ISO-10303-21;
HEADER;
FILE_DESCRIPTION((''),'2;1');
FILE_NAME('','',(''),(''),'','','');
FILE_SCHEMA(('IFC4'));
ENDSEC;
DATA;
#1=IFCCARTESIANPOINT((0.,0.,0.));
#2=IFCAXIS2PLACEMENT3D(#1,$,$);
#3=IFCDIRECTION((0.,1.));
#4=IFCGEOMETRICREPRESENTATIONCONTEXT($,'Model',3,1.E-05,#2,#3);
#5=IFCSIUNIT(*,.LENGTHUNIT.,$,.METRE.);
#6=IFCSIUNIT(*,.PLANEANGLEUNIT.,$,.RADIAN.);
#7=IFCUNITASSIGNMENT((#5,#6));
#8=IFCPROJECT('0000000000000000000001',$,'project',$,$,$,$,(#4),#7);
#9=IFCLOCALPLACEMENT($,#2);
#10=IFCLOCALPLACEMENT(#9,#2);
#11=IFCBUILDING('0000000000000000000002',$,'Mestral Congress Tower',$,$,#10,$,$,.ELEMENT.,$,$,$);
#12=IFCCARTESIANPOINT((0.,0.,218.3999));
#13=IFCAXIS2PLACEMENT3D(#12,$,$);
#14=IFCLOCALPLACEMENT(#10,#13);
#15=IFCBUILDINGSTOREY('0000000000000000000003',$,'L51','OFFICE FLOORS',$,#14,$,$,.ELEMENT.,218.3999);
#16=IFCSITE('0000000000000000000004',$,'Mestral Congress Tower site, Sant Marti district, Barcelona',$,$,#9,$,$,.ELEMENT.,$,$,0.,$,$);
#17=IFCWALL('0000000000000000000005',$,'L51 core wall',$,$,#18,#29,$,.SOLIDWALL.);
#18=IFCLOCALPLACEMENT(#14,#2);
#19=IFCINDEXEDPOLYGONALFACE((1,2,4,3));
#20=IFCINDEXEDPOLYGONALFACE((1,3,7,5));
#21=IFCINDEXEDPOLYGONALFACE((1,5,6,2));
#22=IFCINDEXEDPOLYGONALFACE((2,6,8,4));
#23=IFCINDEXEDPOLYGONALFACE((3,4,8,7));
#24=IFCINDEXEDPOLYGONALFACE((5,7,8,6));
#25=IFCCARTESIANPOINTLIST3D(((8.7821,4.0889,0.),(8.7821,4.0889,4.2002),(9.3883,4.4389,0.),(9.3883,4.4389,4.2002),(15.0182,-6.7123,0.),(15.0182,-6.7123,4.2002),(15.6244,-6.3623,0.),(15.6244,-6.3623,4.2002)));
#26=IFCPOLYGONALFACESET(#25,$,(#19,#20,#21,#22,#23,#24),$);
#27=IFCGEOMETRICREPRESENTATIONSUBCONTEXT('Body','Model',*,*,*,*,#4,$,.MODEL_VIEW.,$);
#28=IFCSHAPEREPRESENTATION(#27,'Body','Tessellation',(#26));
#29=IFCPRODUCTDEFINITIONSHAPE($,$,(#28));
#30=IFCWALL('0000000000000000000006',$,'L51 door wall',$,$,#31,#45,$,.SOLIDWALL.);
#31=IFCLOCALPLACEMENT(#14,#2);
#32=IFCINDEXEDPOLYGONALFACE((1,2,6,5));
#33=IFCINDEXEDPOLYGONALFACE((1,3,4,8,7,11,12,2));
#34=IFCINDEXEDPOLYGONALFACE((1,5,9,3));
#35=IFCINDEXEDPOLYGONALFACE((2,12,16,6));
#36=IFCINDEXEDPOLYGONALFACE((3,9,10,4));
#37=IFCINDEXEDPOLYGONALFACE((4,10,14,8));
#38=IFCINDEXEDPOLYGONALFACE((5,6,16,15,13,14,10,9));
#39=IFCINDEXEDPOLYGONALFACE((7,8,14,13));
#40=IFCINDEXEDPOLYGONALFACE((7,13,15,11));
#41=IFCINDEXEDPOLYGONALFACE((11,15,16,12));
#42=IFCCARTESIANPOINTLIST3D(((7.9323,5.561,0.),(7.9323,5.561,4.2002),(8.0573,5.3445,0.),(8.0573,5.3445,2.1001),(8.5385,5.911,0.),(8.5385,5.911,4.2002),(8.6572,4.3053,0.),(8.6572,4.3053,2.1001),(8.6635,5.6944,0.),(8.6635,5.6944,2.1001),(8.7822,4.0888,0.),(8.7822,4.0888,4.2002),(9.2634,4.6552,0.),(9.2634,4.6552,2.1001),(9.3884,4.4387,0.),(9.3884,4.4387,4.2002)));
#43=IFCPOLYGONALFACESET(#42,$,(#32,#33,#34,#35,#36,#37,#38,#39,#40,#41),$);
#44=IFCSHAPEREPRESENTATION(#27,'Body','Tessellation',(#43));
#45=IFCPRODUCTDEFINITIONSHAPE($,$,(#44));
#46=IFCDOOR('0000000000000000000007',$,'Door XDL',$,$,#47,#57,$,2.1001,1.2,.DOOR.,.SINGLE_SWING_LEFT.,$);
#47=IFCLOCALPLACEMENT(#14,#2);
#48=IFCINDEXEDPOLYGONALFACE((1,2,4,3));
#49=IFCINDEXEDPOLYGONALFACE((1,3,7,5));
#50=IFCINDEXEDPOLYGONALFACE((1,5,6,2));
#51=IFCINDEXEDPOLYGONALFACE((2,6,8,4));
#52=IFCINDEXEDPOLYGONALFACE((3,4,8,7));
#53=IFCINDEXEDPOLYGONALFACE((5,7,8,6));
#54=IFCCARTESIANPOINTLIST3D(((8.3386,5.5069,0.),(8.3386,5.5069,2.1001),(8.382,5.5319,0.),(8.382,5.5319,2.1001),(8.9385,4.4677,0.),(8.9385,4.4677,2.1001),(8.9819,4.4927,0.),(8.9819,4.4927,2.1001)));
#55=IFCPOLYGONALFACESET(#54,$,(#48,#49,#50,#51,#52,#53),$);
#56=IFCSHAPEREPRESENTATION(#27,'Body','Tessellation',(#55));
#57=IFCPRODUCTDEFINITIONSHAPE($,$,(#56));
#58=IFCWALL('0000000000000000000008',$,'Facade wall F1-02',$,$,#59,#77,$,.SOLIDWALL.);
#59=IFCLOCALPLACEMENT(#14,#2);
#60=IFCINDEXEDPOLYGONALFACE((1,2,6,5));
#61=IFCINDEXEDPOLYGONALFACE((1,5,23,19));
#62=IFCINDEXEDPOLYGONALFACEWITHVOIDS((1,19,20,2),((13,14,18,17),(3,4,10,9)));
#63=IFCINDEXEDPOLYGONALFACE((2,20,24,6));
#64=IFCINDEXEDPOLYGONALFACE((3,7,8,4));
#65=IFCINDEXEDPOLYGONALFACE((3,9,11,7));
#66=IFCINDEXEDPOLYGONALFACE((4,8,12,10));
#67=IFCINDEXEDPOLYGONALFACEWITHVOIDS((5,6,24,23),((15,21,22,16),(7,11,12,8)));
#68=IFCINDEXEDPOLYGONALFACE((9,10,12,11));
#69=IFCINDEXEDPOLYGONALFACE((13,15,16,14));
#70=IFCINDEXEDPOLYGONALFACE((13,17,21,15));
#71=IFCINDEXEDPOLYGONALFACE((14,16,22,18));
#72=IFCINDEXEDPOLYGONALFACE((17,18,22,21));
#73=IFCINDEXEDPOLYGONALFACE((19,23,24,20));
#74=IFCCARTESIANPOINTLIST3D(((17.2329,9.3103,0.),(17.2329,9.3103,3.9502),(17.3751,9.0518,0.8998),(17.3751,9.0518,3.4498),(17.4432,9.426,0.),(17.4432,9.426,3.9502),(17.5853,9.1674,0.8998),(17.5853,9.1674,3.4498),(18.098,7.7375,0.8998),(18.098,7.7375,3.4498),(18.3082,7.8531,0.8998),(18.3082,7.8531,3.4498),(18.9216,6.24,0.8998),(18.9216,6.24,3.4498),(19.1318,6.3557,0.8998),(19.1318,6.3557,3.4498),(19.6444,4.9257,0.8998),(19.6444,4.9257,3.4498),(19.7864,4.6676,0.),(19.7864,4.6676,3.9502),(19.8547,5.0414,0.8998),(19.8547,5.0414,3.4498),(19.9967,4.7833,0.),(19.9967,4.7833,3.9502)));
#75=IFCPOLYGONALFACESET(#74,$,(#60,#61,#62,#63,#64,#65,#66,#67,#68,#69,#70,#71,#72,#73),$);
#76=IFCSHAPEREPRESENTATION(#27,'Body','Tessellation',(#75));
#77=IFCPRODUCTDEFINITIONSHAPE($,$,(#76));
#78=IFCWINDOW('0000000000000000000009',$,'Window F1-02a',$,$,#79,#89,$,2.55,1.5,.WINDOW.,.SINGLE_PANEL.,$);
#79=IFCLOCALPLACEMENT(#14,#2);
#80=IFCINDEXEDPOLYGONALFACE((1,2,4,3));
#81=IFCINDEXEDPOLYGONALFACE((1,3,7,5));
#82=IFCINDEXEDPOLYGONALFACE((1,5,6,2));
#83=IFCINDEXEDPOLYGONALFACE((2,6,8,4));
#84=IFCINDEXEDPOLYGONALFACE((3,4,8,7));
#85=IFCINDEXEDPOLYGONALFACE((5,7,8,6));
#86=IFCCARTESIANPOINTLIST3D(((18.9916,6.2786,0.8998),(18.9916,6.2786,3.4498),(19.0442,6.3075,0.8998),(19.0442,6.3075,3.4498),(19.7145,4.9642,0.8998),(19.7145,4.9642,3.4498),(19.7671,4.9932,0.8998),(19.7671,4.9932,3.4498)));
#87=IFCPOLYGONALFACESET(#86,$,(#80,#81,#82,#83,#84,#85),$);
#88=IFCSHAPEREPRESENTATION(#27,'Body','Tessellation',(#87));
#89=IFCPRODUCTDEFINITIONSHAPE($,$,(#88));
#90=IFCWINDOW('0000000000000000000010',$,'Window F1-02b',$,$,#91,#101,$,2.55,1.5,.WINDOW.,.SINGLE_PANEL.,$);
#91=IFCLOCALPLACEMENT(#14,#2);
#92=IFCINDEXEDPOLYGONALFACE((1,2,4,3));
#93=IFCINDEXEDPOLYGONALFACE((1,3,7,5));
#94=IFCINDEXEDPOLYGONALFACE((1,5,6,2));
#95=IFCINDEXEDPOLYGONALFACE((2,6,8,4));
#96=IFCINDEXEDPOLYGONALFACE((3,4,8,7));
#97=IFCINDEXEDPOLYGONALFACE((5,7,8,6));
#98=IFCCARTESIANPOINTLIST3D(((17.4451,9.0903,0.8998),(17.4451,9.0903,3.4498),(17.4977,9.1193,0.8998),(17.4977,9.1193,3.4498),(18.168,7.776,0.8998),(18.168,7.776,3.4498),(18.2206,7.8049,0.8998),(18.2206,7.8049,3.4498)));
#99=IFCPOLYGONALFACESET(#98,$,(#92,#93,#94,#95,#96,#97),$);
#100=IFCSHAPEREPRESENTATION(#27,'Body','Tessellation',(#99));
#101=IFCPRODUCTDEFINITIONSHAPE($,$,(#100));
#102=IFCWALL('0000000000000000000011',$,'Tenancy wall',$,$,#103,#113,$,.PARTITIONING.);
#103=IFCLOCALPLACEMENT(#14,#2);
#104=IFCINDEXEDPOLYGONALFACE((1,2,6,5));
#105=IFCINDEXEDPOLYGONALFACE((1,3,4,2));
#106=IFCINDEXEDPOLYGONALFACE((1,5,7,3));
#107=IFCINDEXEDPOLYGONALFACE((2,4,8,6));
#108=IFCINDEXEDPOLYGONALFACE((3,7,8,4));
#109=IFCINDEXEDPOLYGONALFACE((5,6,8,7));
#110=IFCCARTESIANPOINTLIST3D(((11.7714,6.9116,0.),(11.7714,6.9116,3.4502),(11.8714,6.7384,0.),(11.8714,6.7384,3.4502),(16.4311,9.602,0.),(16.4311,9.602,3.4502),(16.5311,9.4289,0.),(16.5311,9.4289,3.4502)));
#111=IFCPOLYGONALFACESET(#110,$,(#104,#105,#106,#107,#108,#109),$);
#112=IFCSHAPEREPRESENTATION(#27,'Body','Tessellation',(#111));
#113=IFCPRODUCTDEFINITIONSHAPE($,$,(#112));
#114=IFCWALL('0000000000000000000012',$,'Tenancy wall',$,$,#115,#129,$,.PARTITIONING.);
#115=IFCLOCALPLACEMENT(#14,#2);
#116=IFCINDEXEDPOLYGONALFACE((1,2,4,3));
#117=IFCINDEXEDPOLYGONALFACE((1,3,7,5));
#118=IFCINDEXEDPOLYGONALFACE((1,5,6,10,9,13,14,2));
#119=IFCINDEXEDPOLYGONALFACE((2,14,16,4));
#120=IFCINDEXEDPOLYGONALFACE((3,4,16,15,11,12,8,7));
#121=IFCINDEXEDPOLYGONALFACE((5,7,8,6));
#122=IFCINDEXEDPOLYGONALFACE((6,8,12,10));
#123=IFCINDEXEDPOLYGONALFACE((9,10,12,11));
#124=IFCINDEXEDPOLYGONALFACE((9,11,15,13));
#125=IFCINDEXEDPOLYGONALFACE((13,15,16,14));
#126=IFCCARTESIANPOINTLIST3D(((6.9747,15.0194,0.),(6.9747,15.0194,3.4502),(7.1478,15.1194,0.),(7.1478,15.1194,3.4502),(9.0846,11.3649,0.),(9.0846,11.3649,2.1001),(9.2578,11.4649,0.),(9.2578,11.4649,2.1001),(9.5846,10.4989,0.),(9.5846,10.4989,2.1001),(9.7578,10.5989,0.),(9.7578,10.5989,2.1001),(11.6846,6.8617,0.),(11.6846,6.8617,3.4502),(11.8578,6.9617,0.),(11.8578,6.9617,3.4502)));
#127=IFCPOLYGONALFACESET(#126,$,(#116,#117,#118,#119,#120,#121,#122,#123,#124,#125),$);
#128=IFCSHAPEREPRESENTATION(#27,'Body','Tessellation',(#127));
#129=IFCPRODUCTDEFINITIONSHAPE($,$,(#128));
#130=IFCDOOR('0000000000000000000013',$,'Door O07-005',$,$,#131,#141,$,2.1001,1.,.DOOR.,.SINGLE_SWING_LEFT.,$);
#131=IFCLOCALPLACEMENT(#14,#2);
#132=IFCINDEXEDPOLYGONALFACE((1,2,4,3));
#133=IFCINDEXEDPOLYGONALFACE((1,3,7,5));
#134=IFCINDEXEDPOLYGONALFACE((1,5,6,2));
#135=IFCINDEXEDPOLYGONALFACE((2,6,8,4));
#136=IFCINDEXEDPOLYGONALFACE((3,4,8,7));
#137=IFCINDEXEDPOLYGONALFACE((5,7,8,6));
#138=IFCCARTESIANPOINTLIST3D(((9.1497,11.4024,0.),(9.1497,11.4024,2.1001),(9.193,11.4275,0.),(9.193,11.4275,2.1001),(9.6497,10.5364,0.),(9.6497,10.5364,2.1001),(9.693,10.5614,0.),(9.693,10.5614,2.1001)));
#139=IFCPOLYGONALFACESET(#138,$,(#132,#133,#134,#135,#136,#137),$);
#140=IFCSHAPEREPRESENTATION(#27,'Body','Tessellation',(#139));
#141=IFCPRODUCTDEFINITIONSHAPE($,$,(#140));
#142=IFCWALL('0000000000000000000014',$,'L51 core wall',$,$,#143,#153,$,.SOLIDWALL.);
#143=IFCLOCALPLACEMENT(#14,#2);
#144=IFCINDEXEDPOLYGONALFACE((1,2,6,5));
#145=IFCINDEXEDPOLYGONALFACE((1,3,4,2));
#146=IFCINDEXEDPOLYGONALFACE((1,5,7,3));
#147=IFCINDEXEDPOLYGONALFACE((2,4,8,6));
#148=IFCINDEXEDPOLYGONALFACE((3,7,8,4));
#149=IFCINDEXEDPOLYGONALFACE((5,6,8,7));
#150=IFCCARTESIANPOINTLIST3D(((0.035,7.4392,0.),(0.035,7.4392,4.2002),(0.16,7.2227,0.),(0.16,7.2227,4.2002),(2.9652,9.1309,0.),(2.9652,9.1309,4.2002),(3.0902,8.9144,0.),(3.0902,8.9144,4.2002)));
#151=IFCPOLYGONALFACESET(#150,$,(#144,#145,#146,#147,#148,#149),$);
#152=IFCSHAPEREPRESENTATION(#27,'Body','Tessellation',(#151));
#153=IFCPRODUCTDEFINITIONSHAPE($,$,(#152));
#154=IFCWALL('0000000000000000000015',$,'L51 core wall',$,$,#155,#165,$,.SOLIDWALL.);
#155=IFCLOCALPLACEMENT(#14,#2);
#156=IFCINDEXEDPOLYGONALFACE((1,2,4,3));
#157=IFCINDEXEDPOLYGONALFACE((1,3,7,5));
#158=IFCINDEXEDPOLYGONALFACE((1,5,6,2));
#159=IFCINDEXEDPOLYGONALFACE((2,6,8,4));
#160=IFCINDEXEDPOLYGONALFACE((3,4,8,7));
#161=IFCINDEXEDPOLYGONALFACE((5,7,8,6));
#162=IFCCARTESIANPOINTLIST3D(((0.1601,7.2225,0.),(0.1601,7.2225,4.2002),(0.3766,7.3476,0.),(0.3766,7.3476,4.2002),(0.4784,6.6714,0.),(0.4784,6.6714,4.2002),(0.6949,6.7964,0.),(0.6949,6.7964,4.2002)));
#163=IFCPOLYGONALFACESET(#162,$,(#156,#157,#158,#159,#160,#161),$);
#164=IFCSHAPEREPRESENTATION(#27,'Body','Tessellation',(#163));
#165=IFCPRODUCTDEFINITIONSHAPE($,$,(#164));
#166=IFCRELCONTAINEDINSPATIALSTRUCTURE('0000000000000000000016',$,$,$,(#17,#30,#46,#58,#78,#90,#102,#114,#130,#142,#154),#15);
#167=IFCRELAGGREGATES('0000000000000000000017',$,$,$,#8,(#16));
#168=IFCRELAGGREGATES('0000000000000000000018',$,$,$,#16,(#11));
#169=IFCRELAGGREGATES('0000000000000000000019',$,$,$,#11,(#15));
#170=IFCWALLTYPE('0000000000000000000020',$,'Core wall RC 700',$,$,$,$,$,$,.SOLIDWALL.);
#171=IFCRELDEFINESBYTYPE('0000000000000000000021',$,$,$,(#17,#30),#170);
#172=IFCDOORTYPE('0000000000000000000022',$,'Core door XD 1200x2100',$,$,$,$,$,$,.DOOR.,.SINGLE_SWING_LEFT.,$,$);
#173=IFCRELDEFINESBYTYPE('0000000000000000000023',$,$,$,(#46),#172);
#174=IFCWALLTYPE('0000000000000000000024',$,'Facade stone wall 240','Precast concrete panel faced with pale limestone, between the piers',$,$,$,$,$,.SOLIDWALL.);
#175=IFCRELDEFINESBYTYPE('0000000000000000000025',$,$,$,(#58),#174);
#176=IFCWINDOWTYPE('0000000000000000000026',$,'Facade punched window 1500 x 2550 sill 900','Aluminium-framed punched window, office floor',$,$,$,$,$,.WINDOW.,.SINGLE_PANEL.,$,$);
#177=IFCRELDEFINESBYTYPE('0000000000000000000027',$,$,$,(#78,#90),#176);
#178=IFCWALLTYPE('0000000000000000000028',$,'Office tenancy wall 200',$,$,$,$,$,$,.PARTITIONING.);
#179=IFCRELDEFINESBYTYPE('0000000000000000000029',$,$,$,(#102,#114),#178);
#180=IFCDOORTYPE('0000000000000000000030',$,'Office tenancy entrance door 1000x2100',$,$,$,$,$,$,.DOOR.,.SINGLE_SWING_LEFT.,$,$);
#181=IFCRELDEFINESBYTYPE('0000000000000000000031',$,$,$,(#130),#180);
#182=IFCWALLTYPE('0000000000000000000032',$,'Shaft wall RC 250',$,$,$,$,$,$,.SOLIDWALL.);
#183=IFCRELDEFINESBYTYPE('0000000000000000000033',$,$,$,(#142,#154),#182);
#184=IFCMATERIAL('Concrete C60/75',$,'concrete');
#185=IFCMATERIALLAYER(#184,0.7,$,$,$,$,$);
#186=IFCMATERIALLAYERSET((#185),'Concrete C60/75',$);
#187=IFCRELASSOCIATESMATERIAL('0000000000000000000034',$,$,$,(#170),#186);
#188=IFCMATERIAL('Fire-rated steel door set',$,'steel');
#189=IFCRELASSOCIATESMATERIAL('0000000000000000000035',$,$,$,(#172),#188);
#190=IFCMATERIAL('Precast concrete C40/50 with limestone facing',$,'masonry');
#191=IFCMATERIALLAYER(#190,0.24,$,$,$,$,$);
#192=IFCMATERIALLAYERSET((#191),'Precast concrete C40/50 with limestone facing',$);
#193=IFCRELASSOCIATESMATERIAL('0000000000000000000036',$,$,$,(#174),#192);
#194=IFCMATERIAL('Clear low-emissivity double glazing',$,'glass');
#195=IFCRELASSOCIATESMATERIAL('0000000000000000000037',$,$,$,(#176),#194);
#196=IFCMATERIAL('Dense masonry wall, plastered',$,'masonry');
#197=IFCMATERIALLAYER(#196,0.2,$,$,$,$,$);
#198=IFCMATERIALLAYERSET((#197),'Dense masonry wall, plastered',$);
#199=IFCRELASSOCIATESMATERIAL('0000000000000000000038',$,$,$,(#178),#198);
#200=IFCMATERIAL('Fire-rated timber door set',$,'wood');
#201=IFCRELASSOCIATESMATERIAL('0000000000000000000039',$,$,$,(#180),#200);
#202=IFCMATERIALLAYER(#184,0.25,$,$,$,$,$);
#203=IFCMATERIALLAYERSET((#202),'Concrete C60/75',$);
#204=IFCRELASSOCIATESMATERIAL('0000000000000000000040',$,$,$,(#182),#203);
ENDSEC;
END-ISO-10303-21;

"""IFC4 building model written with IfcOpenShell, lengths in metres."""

from ifc_helpers import new_model, si_unit, direction, frame, frame_2d, origin, place, context, subcontext, project, spatial, rectangle, extrude, material, layer, layer_set, type_object, element, fill, save


model = new_model("IFC4")

# Units and contexts
model_context = context("Model", 3, precision=1e-05, world=origin(), true_north=direction((0.0, 1.0)))
body_context = subcontext(model_context, "Body", "Model", "MODEL_VIEW")
ifc_project = project(units=[si_unit("LENGTHUNIT", "METRE"), si_unit("PLANEANGLEUNIT", "RADIAN")], contexts=[model_context])

# Site, building, storey
site_placement = place(None, origin())
site = spatial("IfcSite", under=ifc_project, at=site_placement, Name="Mestral Congress Tower site, Sant Marti district, Barcelona", CompositionType="ELEMENT", RefElevation=0.0)
building_placement = place(site_placement, origin())
building = spatial("IfcBuilding", under=site, at=building_placement, Name="Mestral Congress Tower", CompositionType="ELEMENT")
storey_placement = place(building_placement, frame((0.0, 0.0, 218.3999)))
storey = spatial("IfcBuildingStorey", under=building, at=storey_placement, Name="L51", Description="OFFICE FLOORS", CompositionType="ELEMENT", Elevation=218.3999)

# Shared definitions
ifc_material_1 = material(Name="Concrete C60/75", Category="concrete")

# Wall
ifc_layer_1 = layer(ifc_material_1, 0.7)
ifc_layer_set_1 = layer_set([ifc_layer_1], Name="Concrete C60/75")
wall_type_1 = type_object("IfcWallType", Name="Core wall RC 700", PredefinedType="SOLIDWALL", material=ifc_layer_set_1)
wall_1_placement = place(storey_placement, frame((9.0852, 4.2639, 0.0), z_axis=(0.0, 0.0, 1.0), x_axis=(0.499998, -0.866027, 0.0)))
element("IfcWall", 1, at=wall_1_placement, inside=storey, type_object=wall_type_1, Name="L51 core wall", PredefinedType="SOLIDWALL", context=body_context, shape_type="SweptSolid", body=[
    extrude(rectangle(XDim=12.4722, YDim=0.7, at=frame_2d((6.2361, 0.0))), origin(), (0.0, 0.0, 1.0), 4.2002),
])

# Wall, opening, door
wall_2_placement = place(storey_placement, frame((8.2354, 5.7361, 0.0), z_axis=(0.0, 0.0, 1.0), x_axis=(0.499955, -0.866052, 0.0)))
wall_2 = element("IfcWall", 2, at=wall_2_placement, inside=storey, type_object=wall_type_1, Name="L51 door wall", PredefinedType="SOLIDWALL", context=body_context, shape_type="SweptSolid", body=[
    extrude(rectangle(XDim=1.7, YDim=0.7, at=frame_2d((0.8501, 0.0))), origin(), (0.0, 0.0, 1.0), 4.2002),
])
opening_1_placement = place(wall_2_placement, frame((0.25, 0.0, 0.0)))
opening_1 = element("IfcOpeningElement", 3, at=opening_1_placement, cuts=wall_2, PredefinedType="OPENING", context=body_context, shape_type="SweptSolid", body=[
    extrude(rectangle(XDim=1.2, YDim=2.1001, at=frame_2d((0.6001, 1.05))), frame((0.0, 0.3599, 0.0), z_axis=(0.0, -1.0, 0.0), x_axis=(1.0, 0.0, 0.0)), (0.0, 0.0, 1.0), 0.72),
])
ifc_material_2 = material(Name="Fire-rated steel door set", Category="steel")
door_type_1 = type_object("IfcDoorType", Name="Core door XD 1200x2100", OperationType="SINGLE_SWING_LEFT", PredefinedType="DOOR", material=ifc_material_2)
door_1_placement = place(opening_1_placement, origin())
door_1 = element("IfcDoor", 4, at=door_1_placement, inside=storey, type_object=door_type_1, Name="Door XDL", OperationType="SINGLE_SWING_LEFT", OverallHeight=2.1001, OverallWidth=1.2, PredefinedType="DOOR", context=body_context, shape_type="SweptSolid", body=[
    extrude(rectangle(XDim=1.2, YDim=2.1001, at=frame_2d((0.6001, 1.05))), frame((0.0, 0.0249, 0.0), z_axis=(0.0, -1.0, 0.0), x_axis=(1.0, 0.0, 0.0)), (0.0, 0.0, 1.0), 0.05),
])
fill(opening_1, door_1)

# Wall, openings, windows
ifc_material_3 = material(Name="Precast concrete C40/50 with limestone facing", Category="masonry")
ifc_layer_2 = layer(ifc_material_3, 0.24)
ifc_layer_set_2 = layer_set([ifc_layer_2], Name="Precast concrete C40/50 with limestone facing")
wall_type_2 = type_object("IfcWallType", Name="Facade stone wall 240", Description="Precast concrete panel faced with pale limestone, between the piers", PredefinedType="SOLIDWALL", material=ifc_layer_set_2)
wall_3_placement = place(storey_placement, frame((19.8916, 4.7253, 0.0), z_axis=(0.0, 0.0, 1.0), x_axis=(-0.481926, 0.876212, 0.0)))
wall_3 = element("IfcWall", 5, at=wall_3_placement, inside=storey, type_object=wall_type_2, Name="Facade wall F1-02", PredefinedType="SOLIDWALL", context=body_context, shape_type="SweptSolid", body=[
    extrude(rectangle(XDim=5.2986, YDim=0.24, at=frame_2d((2.6494, 0.0))), origin(), (0.0, 0.0, 1.0), 3.9502),
])
opening_2_placement = place(wall_3_placement, frame((0.2947, 0.0, 0.8999)))
opening_2 = element("IfcOpeningElement", 6, at=opening_2_placement, cuts=wall_3, PredefinedType="OPENING", context=body_context, shape_type="SweptSolid", body=[
    extrude(rectangle(XDim=1.5, YDim=2.55, at=frame_2d((0.75, 1.2749))), frame((0.0, 0.1299, 0.0), z_axis=(0.0, -1.0, 0.0), x_axis=(1.0, 0.0, 0.0)), (0.0, 0.0, 1.0), 0.26),
])
opening_3_placement = place(wall_3_placement, frame((3.5037, 0.0, 0.8999)))
opening_3 = element("IfcOpeningElement", 7, at=opening_3_placement, cuts=wall_3, PredefinedType="OPENING", context=body_context, shape_type="SweptSolid", body=[
    extrude(rectangle(XDim=1.5, YDim=2.55, at=frame_2d((0.75, 1.2749))), frame((0.0, 0.1299, 0.0), z_axis=(0.0, -1.0, 0.0), x_axis=(1.0, 0.0, 0.0)), (0.0, 0.0, 1.0), 0.26),
])
ifc_material_4 = material(Name="Clear low-emissivity double glazing", Category="glass")
window_type = type_object("IfcWindowType", Name="Facade punched window 1500 x 2550 sill 900", Description="Aluminium-framed punched window, office floor", PartitioningType="SINGLE_PANEL", PredefinedType="WINDOW", material=ifc_material_4)
window_1_placement = place(opening_2_placement, origin())
window_1 = element("IfcWindow", 8, at=window_1_placement, inside=storey, type_object=window_type, Name="Window F1-02a", OverallHeight=2.55, OverallWidth=1.5, PartitioningType="SINGLE_PANEL", PredefinedType="WINDOW", context=body_context, shape_type="SweptSolid", body=[
    extrude(rectangle(XDim=1.5, YDim=2.55, at=frame_2d((0.75, 1.2749))), frame((0.0, 0.04, 0.0), z_axis=(0.0, -1.0, 0.0), x_axis=(1.0, 0.0, 0.0)), (0.0, 0.0, 1.0), 0.0601),
])
fill(opening_2, window_1)
window_2_placement = place(opening_3_placement, origin())
window_2 = element("IfcWindow", 9, at=window_2_placement, inside=storey, type_object=window_type, Name="Window F1-02b", OverallHeight=2.55, OverallWidth=1.5, PartitioningType="SINGLE_PANEL", PredefinedType="WINDOW", context=body_context, shape_type="SweptSolid", body=[
    extrude(rectangle(XDim=1.5, YDim=2.55, at=frame_2d((0.75, 1.2749))), frame((0.0, 0.04, 0.0), z_axis=(0.0, -1.0, 0.0), x_axis=(1.0, 0.0, 0.0)), (0.0, 0.0, 1.0), 0.0601),
])
fill(opening_3, window_2)

# Wall
ifc_material_5 = material(Name="Dense masonry wall, plastered", Category="masonry")
ifc_layer_3 = layer(ifc_material_5, 0.2)
ifc_layer_set_3 = layer_set([ifc_layer_3], Name="Dense masonry wall, plastered")
wall_type_3 = type_object("IfcWallType", Name="Office tenancy wall 200", PredefinedType="PARTITIONING", material=ifc_layer_set_3)
wall_4_placement = place(storey_placement, frame((11.8213, 6.825, 0.0), z_axis=(0.0, 0.0, 1.0), x_axis=(0.866012, 0.500024, 0.0)))
element("IfcWall", 10, at=wall_4_placement, inside=storey, type_object=wall_type_3, Name="Tenancy wall", PredefinedType="PARTITIONING", context=body_context, shape_type="SweptSolid", body=[
    extrude(rectangle(XDim=5.3806, YDim=0.2, at=frame_2d((2.6904, 0.0))), origin(), (0.0, 0.0, 1.0), 3.4502),
])

# Wall, opening, door
wall_5_placement = place(storey_placement, frame((11.7712, 6.9116, 0.0), z_axis=(0.0, 0.0, 1.0), x_axis=(-0.500008, 0.866021, 0.0)))
wall_5 = element("IfcWall", 11, at=wall_5_placement, inside=storey, type_object=wall_type_3, Name="Tenancy wall", PredefinedType="PARTITIONING", context=body_context, shape_type="SweptSolid", body=[
    extrude(rectangle(XDim=9.4197, YDim=0.2, at=frame_2d((4.71, 0.0))), origin(), (0.0, 0.0, 1.0), 3.4502),
])
opening_4_placement = place(wall_5_placement, frame((4.2, 0.0, 0.0)))
opening_4 = element("IfcOpeningElement", 12, at=opening_4_placement, cuts=wall_5, PredefinedType="OPENING", context=body_context, shape_type="SweptSolid", body=[
    extrude(rectangle(XDim=1.0, YDim=2.1001, at=frame_2d((0.5, 1.05))), frame((0.0, 0.1099, 0.0), z_axis=(0.0, -1.0, 0.0), x_axis=(1.0, 0.0, 0.0)), (0.0, 0.0, 1.0), 0.22),
])
ifc_material_6 = material(Name="Fire-rated timber door set", Category="wood")
door_type_2 = type_object("IfcDoorType", Name="Office tenancy entrance door 1000x2100", OperationType="SINGLE_SWING_LEFT", PredefinedType="DOOR", material=ifc_material_6)
door_2_placement = place(opening_4_placement, origin())
door_2 = element("IfcDoor", 13, at=door_2_placement, inside=storey, type_object=door_type_2, Name="Door O07-005", OperationType="SINGLE_SWING_LEFT", OverallHeight=2.1001, OverallWidth=1.0, PredefinedType="DOOR", context=body_context, shape_type="SweptSolid", body=[
    extrude(rectangle(XDim=1.0, YDim=2.1001, at=frame_2d((0.5, 1.05))), frame((0.0, 0.0249, 0.0), z_axis=(0.0, -1.0, 0.0), x_axis=(1.0, 0.0, 0.0)), (0.0, 0.0, 1.0), 0.05),
])
fill(opening_4, door_2)

# Walls
ifc_layer_4 = layer(ifc_material_1, 0.25)
ifc_layer_set_4 = layer_set([ifc_layer_4], Name="Concrete C60/75")
wall_type_4 = type_object("IfcWallType", Name="Shaft wall RC 250", PredefinedType="SOLIDWALL", material=ifc_layer_set_4)
wall_6_placement = place(storey_placement, frame((3.0278, 9.0227, 0.0), z_axis=(0.0, 0.0, 1.0), x_axis=(-0.866037, -0.499981, 0.0)))
element("IfcWall", 14, at=wall_6_placement, inside=storey, type_object=wall_type_4, Name="L51 core wall", PredefinedType="SOLIDWALL", context=body_context, shape_type="SweptSolid", body=[
    extrude(rectangle(XDim=3.3835, YDim=0.25, at=frame_2d((1.6919, 0.0))), origin(), (0.0, 0.0, 1.0), 4.2002),
])
wall_7_placement = place(storey_placement, frame((0.2683, 7.2852, 0.0), z_axis=(0.0, 0.0, 1.0), x_axis=(0.500099, -0.865968, 0.0)))
element("IfcWall", 15, at=wall_7_placement, inside=storey, type_object=wall_type_4, Name="L51 core wall", PredefinedType="SOLIDWALL", context=body_context, shape_type="SweptSolid", body=[
    extrude(rectangle(XDim=0.6365, YDim=0.25, at=frame_2d((0.3184, 0.0))), origin(), (0.0, 0.0, 1.0), 4.2002),
])

save(model, "model.ifc")
